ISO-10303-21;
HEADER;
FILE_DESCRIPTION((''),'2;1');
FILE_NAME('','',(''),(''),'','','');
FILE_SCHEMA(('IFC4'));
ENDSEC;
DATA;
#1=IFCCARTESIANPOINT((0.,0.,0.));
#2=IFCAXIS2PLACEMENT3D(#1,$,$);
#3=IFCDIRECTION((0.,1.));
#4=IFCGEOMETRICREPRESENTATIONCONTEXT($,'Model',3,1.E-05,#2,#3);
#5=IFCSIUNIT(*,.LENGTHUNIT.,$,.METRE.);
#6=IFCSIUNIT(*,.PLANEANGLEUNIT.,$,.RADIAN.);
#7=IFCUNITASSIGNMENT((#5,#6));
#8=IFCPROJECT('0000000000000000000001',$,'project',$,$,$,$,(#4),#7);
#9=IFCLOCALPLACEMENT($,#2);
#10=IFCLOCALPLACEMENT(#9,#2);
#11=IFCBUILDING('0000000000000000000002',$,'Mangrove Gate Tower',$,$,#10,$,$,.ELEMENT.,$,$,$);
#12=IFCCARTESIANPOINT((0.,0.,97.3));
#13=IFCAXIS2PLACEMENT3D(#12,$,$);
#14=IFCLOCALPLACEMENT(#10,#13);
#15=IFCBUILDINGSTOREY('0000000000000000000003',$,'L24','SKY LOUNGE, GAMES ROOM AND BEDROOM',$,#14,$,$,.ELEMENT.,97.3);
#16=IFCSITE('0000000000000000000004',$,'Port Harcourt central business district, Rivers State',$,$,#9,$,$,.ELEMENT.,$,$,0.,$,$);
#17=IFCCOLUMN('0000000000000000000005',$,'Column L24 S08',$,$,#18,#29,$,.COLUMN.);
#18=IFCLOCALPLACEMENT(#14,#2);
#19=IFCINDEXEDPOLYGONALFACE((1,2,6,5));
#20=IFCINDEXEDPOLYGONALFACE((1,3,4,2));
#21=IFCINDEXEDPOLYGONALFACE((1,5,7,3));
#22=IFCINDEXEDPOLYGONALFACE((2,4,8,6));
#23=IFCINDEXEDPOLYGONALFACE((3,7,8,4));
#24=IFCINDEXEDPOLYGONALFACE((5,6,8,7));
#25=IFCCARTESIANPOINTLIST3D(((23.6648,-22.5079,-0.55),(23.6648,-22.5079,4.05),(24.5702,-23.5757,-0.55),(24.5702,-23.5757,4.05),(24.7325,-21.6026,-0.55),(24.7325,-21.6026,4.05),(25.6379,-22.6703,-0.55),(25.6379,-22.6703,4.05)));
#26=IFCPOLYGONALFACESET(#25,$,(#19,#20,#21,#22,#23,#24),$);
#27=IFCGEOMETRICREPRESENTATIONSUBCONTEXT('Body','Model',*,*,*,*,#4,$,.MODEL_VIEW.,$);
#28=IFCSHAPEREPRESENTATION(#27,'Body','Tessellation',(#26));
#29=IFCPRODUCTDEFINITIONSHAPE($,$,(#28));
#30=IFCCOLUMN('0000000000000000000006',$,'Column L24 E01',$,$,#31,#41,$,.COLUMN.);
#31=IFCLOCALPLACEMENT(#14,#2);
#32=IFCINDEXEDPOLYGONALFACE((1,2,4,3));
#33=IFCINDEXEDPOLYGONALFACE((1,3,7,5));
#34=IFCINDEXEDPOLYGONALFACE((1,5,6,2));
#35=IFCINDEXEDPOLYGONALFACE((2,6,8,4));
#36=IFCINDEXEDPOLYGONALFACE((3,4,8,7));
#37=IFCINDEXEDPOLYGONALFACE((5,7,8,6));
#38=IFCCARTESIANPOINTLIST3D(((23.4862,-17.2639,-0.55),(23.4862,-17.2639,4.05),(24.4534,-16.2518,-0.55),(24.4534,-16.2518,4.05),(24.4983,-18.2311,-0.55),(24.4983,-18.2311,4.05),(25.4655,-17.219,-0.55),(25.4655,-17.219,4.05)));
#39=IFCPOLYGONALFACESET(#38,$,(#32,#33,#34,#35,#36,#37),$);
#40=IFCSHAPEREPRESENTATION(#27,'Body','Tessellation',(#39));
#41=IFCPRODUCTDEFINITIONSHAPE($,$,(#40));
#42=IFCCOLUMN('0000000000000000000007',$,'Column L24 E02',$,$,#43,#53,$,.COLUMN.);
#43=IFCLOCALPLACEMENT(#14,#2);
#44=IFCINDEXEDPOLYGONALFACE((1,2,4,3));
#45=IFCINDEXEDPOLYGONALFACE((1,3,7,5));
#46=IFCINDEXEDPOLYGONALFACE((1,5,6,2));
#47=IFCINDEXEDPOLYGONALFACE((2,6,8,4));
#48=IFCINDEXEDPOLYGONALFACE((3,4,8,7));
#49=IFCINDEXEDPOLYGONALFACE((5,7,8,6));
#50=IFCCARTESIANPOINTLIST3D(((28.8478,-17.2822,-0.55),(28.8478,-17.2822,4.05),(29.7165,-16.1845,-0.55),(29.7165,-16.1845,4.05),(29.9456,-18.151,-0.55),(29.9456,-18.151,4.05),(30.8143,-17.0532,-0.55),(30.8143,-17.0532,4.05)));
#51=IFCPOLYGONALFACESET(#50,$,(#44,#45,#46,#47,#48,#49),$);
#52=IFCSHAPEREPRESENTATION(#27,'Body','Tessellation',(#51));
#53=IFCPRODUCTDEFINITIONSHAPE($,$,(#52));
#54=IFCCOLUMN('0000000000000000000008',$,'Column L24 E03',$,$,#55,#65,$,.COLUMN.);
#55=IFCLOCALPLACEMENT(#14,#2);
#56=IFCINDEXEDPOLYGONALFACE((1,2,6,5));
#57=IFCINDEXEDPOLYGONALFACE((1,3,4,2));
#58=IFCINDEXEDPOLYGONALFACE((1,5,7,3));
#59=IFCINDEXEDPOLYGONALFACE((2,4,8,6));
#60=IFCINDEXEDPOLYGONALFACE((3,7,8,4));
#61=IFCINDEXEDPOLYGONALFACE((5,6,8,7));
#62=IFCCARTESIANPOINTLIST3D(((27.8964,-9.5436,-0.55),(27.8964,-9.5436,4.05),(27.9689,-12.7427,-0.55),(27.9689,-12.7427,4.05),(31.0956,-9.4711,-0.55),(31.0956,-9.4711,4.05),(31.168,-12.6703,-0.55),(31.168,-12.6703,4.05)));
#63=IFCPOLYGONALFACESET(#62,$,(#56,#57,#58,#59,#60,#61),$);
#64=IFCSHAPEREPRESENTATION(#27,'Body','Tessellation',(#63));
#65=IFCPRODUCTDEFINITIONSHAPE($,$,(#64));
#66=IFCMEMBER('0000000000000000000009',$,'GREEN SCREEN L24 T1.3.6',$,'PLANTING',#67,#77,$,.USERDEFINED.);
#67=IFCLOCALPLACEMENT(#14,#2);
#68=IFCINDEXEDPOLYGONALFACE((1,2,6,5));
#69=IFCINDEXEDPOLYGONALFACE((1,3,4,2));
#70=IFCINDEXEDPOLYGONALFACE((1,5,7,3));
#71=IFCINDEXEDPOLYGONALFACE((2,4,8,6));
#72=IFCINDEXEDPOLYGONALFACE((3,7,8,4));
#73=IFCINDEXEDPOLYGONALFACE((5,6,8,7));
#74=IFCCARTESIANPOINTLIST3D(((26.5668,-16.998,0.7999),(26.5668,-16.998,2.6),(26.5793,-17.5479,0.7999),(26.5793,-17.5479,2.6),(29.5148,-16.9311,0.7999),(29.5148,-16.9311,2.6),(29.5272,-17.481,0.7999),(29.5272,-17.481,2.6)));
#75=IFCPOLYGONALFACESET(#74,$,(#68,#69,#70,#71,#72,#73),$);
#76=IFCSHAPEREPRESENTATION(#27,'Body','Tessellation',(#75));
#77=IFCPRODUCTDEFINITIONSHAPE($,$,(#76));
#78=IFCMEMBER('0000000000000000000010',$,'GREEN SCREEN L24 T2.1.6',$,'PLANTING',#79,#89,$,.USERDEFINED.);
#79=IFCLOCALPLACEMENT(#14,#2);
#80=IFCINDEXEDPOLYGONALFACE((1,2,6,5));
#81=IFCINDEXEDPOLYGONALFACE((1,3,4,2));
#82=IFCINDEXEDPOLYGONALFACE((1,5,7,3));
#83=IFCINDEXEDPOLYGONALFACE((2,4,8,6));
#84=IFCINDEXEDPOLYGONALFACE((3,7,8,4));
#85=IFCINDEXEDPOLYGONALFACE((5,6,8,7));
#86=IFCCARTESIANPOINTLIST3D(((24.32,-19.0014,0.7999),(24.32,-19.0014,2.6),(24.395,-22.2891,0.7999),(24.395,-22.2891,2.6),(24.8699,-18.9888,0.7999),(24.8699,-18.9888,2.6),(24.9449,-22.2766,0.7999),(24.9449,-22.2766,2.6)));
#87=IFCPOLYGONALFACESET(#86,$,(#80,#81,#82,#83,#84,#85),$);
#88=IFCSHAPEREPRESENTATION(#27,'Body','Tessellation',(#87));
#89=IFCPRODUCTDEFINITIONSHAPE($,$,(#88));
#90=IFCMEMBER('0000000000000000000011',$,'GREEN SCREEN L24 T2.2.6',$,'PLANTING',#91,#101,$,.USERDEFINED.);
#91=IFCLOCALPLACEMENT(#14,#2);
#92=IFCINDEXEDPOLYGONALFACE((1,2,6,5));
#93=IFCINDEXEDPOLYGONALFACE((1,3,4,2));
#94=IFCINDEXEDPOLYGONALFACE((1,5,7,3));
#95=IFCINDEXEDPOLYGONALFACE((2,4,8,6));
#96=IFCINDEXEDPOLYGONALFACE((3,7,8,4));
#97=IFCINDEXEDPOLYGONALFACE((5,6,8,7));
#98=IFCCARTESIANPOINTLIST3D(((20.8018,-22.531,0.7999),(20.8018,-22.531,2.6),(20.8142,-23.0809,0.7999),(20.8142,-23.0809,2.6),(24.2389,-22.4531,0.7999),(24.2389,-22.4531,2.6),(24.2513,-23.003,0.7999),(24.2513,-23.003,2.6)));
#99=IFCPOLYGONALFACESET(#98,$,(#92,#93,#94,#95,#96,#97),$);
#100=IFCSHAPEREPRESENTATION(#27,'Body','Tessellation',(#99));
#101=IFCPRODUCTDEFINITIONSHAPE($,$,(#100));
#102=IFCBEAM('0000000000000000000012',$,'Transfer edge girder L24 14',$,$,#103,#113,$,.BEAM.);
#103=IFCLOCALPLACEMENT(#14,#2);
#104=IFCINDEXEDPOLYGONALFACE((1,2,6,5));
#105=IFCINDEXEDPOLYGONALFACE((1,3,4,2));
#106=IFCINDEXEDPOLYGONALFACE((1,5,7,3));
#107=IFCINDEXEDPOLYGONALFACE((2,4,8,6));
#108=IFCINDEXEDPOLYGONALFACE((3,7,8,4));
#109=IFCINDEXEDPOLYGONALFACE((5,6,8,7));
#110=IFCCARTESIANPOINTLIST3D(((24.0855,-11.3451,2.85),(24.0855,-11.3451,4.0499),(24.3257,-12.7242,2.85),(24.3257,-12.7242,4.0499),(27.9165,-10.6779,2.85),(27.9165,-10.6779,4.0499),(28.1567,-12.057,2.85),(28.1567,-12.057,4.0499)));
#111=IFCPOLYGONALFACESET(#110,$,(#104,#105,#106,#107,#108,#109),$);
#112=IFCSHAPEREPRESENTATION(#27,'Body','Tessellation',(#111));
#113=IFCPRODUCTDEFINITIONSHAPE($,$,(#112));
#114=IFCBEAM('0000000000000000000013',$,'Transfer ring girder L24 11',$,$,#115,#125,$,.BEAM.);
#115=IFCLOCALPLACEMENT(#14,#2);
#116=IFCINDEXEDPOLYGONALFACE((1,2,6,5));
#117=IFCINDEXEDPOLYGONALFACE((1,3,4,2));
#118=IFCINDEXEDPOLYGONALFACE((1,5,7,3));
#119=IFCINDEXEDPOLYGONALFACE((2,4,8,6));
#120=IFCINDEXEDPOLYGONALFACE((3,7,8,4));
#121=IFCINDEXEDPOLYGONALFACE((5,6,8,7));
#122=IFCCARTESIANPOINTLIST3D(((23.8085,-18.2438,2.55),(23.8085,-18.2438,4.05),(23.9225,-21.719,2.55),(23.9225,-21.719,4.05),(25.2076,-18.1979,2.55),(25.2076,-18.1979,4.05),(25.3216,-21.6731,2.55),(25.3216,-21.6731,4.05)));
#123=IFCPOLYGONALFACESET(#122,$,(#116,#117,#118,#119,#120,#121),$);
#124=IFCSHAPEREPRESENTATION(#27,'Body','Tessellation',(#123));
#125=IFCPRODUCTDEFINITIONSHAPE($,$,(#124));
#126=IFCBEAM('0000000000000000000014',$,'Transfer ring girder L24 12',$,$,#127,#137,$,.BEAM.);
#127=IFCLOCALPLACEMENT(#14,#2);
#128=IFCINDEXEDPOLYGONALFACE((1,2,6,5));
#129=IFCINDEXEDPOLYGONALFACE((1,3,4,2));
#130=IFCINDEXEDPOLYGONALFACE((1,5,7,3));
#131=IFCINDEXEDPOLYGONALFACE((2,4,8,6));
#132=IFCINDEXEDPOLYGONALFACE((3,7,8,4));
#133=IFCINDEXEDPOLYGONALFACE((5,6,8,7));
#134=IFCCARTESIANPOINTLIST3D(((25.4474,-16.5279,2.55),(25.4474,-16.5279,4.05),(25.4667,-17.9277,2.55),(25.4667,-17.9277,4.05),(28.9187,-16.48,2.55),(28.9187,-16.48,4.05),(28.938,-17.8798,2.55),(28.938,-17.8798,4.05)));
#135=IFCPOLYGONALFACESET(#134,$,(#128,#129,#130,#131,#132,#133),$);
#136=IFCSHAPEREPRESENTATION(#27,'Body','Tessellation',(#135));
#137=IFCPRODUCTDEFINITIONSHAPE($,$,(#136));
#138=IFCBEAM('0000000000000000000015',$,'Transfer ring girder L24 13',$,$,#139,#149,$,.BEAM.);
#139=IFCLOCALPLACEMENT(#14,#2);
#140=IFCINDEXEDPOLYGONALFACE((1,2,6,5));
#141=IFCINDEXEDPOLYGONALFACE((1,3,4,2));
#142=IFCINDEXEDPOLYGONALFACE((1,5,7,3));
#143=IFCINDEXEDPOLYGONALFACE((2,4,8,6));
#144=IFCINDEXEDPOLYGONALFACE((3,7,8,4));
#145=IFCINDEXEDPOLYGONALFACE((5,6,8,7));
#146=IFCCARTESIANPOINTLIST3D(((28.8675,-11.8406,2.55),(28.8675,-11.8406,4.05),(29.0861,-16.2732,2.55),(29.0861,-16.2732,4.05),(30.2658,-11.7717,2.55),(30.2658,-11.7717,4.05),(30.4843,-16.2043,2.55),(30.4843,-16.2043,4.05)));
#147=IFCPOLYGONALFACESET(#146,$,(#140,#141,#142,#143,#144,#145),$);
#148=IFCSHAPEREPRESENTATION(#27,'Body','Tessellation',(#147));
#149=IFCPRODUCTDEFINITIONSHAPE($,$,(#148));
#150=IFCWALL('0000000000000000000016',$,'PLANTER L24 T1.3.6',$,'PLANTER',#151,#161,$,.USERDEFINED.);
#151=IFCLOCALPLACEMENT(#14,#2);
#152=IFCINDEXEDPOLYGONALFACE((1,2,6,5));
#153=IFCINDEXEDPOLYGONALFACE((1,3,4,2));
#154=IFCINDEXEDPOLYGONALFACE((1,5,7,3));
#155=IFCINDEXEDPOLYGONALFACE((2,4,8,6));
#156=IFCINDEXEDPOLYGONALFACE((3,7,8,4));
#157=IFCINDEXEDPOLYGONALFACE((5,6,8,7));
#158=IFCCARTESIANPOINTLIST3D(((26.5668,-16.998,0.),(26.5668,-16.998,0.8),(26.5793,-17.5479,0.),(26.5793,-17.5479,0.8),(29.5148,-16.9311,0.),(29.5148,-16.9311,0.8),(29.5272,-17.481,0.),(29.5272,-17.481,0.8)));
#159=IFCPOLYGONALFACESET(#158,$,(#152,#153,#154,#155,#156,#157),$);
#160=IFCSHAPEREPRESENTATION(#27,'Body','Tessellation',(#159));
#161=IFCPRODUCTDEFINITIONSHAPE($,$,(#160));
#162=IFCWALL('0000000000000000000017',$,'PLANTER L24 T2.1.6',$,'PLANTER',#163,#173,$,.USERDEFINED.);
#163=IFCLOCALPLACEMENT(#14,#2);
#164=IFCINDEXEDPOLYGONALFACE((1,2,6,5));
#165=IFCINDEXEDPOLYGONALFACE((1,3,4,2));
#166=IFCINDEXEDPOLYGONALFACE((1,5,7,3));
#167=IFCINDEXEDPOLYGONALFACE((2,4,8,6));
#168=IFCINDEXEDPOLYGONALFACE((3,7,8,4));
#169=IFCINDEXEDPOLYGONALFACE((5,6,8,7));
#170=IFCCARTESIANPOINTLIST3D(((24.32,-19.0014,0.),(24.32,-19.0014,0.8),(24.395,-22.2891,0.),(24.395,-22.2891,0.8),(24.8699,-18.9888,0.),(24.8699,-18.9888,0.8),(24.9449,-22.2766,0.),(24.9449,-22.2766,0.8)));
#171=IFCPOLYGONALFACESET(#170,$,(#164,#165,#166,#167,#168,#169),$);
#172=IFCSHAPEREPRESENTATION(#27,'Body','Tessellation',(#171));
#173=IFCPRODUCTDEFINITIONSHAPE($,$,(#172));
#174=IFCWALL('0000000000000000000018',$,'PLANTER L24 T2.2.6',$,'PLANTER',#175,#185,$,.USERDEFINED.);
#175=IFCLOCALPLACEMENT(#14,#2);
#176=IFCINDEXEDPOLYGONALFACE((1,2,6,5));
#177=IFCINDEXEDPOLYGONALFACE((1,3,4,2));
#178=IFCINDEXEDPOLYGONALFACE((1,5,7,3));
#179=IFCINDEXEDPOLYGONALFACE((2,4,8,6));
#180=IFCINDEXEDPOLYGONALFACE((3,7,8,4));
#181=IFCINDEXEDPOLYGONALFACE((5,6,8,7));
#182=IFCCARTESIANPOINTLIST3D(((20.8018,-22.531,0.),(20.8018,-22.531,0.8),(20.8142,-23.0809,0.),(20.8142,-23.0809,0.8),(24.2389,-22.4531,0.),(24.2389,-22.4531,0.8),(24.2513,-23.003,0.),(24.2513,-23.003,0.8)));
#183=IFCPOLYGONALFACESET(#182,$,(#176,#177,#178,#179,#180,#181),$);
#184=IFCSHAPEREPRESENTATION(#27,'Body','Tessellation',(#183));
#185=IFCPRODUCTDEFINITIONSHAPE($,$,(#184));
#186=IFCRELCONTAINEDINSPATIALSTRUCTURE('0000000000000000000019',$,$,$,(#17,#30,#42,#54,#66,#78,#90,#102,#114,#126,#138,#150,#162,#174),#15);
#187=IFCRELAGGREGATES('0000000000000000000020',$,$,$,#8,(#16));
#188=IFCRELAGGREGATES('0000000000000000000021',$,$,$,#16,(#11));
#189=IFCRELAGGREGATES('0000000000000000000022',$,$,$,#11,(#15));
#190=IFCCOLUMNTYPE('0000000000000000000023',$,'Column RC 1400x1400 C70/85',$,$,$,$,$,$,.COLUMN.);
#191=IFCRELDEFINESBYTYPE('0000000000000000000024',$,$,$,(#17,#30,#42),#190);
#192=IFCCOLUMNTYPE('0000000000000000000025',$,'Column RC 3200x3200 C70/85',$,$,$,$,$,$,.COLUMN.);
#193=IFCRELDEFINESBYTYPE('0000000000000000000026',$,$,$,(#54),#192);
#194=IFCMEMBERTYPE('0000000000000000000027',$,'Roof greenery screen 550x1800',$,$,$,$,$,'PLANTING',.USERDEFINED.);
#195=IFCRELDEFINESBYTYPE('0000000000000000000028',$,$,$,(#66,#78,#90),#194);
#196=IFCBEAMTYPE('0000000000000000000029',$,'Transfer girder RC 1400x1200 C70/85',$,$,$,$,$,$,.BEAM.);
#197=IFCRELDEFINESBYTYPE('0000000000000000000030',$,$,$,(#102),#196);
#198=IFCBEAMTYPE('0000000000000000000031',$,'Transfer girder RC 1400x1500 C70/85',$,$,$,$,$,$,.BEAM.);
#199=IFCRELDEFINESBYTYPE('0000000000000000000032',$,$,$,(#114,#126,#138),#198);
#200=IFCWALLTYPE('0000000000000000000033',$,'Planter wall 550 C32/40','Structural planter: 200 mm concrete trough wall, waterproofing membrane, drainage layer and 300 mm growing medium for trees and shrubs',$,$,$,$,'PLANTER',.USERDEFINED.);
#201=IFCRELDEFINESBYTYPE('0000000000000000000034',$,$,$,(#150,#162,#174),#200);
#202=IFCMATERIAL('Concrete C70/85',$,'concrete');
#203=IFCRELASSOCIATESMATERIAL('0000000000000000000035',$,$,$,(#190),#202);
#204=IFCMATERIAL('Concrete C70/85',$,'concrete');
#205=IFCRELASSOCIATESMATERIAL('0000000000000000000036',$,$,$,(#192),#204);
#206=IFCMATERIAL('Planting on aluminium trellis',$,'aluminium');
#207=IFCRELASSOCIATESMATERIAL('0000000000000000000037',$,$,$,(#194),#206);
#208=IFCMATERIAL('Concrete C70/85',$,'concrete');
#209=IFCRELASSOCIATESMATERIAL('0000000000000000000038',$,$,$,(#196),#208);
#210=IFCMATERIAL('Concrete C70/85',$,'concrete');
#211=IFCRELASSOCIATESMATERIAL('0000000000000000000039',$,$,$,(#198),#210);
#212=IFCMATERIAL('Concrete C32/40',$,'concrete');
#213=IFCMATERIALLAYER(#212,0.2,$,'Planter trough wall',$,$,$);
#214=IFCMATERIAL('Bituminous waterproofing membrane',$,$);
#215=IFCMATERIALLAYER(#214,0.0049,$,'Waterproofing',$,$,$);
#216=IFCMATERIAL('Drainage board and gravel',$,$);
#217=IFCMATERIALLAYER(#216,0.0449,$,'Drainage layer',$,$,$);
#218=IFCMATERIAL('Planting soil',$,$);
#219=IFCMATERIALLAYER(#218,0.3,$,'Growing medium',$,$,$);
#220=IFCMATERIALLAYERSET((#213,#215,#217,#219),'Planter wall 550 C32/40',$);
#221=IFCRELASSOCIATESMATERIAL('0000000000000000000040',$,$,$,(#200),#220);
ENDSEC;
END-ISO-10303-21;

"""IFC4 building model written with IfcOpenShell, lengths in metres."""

from ifc_helpers import new_model, si_unit, direction, frame, frame_2d, origin, origin_2d, place, context, subcontext, project, spatial, rectangle, extrude, material, layer, layer_set, material_profile, profile_set, type_object, element, save


model = new_model("IFC4")

# Units and contexts
model_context = context("Model", 3, precision=1e-05, world=origin(), true_north=direction((0.0, 1.0)))
body_context = subcontext(model_context, "Body", "Model", "MODEL_VIEW")
ifc_project = project(units=[si_unit("LENGTHUNIT", "METRE"), si_unit("PLANEANGLEUNIT", "RADIAN")], contexts=[model_context])

# Site, building, storey
site_placement = place(None, origin())
site = spatial("IfcSite", under=ifc_project, at=site_placement, Name="Port Harcourt central business district, Rivers State", CompositionType="ELEMENT", RefElevation=0.0)
building_placement = place(site_placement, origin())
building = spatial("IfcBuilding", under=site, at=building_placement, Name="Mangrove Gate Tower", CompositionType="ELEMENT")
storey_placement = place(building_placement, frame((0.0, 0.0, 97.3)))
storey = spatial("IfcBuildingStorey", under=building, at=storey_placement, Name="L24", Description="SKY LOUNGE, GAMES ROOM AND BEDROOM", CompositionType="ELEMENT", Elevation=97.3)

# Columns
ifc_material_1 = material(Name="Concrete C70/85", Category="concrete")
ifc_material_profile_1 = material_profile(ifc_material_1, rectangle(XDim=1.3999, YDim=1.3999, at=origin_2d()))
ifc_profile_set_1 = profile_set([ifc_material_profile_1], Name="Concrete C70/85")
column_type_1 = type_object("IfcColumnType", Name="Column RC 1400x1400 C70/85", PredefinedType="COLUMN", material=ifc_profile_set_1)
for number, where, z_axis, x_axis, name in (
    (1, (24.6514, -22.5891, -0.55), (0.0, 0.0, 1.0), (0.762709, 0.646741, 0.0), "Column L24 S08"),
    (2, (24.4758, -17.2415, -0.55), (0.0, 0.0, 1.0), (0.690884, 0.722966, 0.0), "Column L24 E01"),
    (3, (29.8311, -17.1677, -0.55), (0.0, 0.0, 1.0), (0.620564, 0.784156, 0.0), "Column L24 E02"),
):
    element("IfcColumn", number, at=place(storey_placement, frame(where, z_axis=z_axis, x_axis=x_axis)), inside=storey, type_object=column_type_1, Name=name, PredefinedType="COLUMN", context=body_context, shape_type="SweptSolid", body=[
        extrude(rectangle(XDim=1.3999, YDim=1.3999, at=origin_2d()), origin(), (0.0, 0.0, 1.0), 4.6001),
    ])
ifc_material_2 = material(Name="Concrete C70/85", Category="concrete")
ifc_material_profile_2 = material_profile(ifc_material_2, rectangle(XDim=3.2, YDim=3.2, at=origin_2d()))
ifc_profile_set_2 = profile_set([ifc_material_profile_2], Name="Concrete C70/85")
column_type_2 = type_object("IfcColumnType", Name="Column RC 3200x3200 C70/85", PredefinedType="COLUMN", material=ifc_profile_set_2)
column_placement = place(storey_placement, frame((29.5322, -11.1069, -0.55), z_axis=(0.0, 0.0, 1.0), x_axis=(-0.02265, 0.999743, 0.0)))
element("IfcColumn", 4, at=column_placement, inside=storey, type_object=column_type_2, Name="Column L24 E03", PredefinedType="COLUMN", context=body_context, shape_type="SweptSolid", body=[
    extrude(rectangle(XDim=3.2, YDim=3.2, at=origin_2d()), origin(), (0.0, 0.0, 1.0), 4.6001),
])

# Members
ifc_material_3 = material(Name="Planting on aluminium trellis", Category="aluminium")
ifc_material_profile_3 = material_profile(ifc_material_3, rectangle(XDim=0.55, YDim=1.8, at=origin_2d()))
ifc_profile_set_3 = profile_set([ifc_material_profile_3], Name="Planting on aluminium trellis")
member_type = type_object("IfcMemberType", Name="Roof greenery screen 550x1800", ElementType="PLANTING", PredefinedType="USERDEFINED", material=ifc_profile_set_3)
member_1_placement = place(storey_placement, frame((29.521, -17.2061, 1.7), z_axis=(-0.999743, -0.022686, 0.0), x_axis=(0.022686, -0.999743, 0.0)))
element("IfcMember", 5, at=member_1_placement, inside=storey, type_object=member_type, Name="GREEN SCREEN L24 T1.3.6", ObjectType="PLANTING", PredefinedType="USERDEFINED", context=body_context, shape_type="SweptSolid", body=[
    extrude(rectangle(XDim=0.55, YDim=1.8, at=origin_2d()), origin(), (0.0, 0.0, 1.0), 2.9487),
])
member_2_placement = place(storey_placement, frame((24.595, -18.9951, 1.7), z_axis=(0.022791, -0.99974, 0.0), x_axis=(0.99974, 0.022791, 0.0)))
element("IfcMember", 6, at=member_2_placement, inside=storey, type_object=member_type, Name="GREEN SCREEN L24 T2.1.6", ObjectType="PLANTING", PredefinedType="USERDEFINED", context=body_context, shape_type="SweptSolid", body=[
    extrude(rectangle(XDim=0.55, YDim=1.8, at=origin_2d()), origin(), (0.0, 0.0, 1.0), 3.2886),
])
member_3_placement = place(storey_placement, frame((24.2451, -22.728, 1.7), z_axis=(-0.999743, -0.022654, 0.0), x_axis=(0.022654, -0.999743, 0.0)))
element("IfcMember", 7, at=member_3_placement, inside=storey, type_object=member_type, Name="GREEN SCREEN L24 T2.2.6", ObjectType="PLANTING", PredefinedType="USERDEFINED", context=body_context, shape_type="SweptSolid", body=[
    extrude(rectangle(XDim=0.55, YDim=1.8, at=origin_2d()), origin(), (0.0, 0.0, 1.0), 3.438),
])

# Beams
ifc_material_4 = material(Name="Concrete C70/85", Category="concrete")
ifc_material_profile_4 = material_profile(ifc_material_4, rectangle(XDim=1.3999, YDim=1.2, at=origin_2d()))
ifc_profile_set_4 = profile_set([ifc_material_profile_4], Name="Concrete C70/85")
beam_type_1 = type_object("IfcBeamType", Name="Transfer girder RC 1400x1200 C70/85", PredefinedType="BEAM", material=ifc_profile_set_4)
beam_1_placement = place(storey_placement, frame((28.0366, -11.3674, 3.45), z_axis=(-0.98517, -0.171582, 0.0), x_axis=(0.171582, -0.98517, 0.0)))
element("IfcBeam", 8, at=beam_1_placement, inside=storey, type_object=beam_type_1, Name="Transfer edge girder L24 14", PredefinedType="BEAM", context=body_context, shape_type="SweptSolid", body=[
    extrude(rectangle(XDim=1.3999, YDim=1.2, at=origin_2d()), origin(), (0.0, 0.0, 1.0), 3.8887),
])
ifc_material_5 = material(Name="Concrete C70/85", Category="concrete")
ifc_material_profile_5 = material_profile(ifc_material_5, rectangle(XDim=1.3999, YDim=1.5, at=origin_2d()))
ifc_profile_set_5 = profile_set([ifc_material_profile_5], Name="Concrete C70/85")
beam_type_2 = type_object("IfcBeamType", Name="Transfer girder RC 1400x1500 C70/85", PredefinedType="BEAM", material=ifc_profile_set_5)
beam_2_placement = place(storey_placement, frame((24.6221, -21.696, 3.3), z_axis=(-0.032791, 0.999462, 0.0), x_axis=(-0.999462, -0.032791, 0.0)))
element("IfcBeam", 9, at=beam_2_placement, inside=storey, type_object=beam_type_2, Name="Transfer ring girder L24 11", PredefinedType="BEAM", context=body_context, shape_type="SweptSolid", body=[
    extrude(rectangle(XDim=1.3999, YDim=1.5, at=origin_2d()), origin(), (0.0, 0.0, 1.0), 3.4771),
])
beam_3_placement = place(storey_placement, frame((25.457, -17.2278, 3.3), z_axis=(0.999905, 0.013783, 0.0), x_axis=(-0.013783, 0.999905, 0.0)))
element("IfcBeam", 10, at=beam_3_placement, inside=storey, type_object=beam_type_2, Name="Transfer ring girder L24 12", PredefinedType="BEAM", context=body_context, shape_type="SweptSolid", body=[
    extrude(rectangle(XDim=1.3999, YDim=1.5, at=origin_2d()), origin(), (0.0, 0.0, 1.0), 3.4717),
])
beam_4_placement = place(storey_placement, frame((29.7852, -16.2388, 3.3), z_axis=(-0.049235, 0.998787, 0.0), x_axis=(-0.998787, -0.049235, 0.0)))
element("IfcBeam", 11, at=beam_4_placement, inside=storey, type_object=beam_type_2, Name="Transfer ring girder L24 13", PredefinedType="BEAM", context=body_context, shape_type="SweptSolid", body=[
    extrude(rectangle(XDim=1.3999, YDim=1.5, at=origin_2d()), origin(), (0.0, 0.0, 1.0), 4.438),
])

# Walls
ifc_material_6 = material(Name="Concrete C32/40", Category="concrete")
ifc_layer_1 = layer(ifc_material_6, 0.2, Name="Planter trough wall")
ifc_material_7 = material(Name="Bituminous waterproofing membrane")
ifc_layer_2 = layer(ifc_material_7, 0.0049, Name="Waterproofing")
ifc_material_8 = material(Name="Drainage board and gravel")
ifc_layer_3 = layer(ifc_material_8, 0.0449, Name="Drainage layer")
ifc_material_9 = material(Name="Planting soil")
ifc_layer_4 = layer(ifc_material_9, 0.3, Name="Growing medium")
ifc_layer_set_1 = layer_set([ifc_layer_1, ifc_layer_2, ifc_layer_3, ifc_layer_4], Name="Planter wall 550 C32/40")
wall_type_1 = type_object("IfcWallType", Name="Planter wall 550 C32/40", Description="Structural planter: 200 mm concrete trough wall, waterproofing membrane, drainage layer and 300 mm growing medium for trees and shrubs", ElementType="PLANTER", PredefinedType="USERDEFINED", material=ifc_layer_set_1)
wall_1_placement = place(storey_placement, frame((29.521, -17.2061, 0.0), z_axis=(0.0, 0.0, 1.0), x_axis=(-0.999743, -0.022686, 0.0)))
element("IfcWall", 12, at=wall_1_placement, inside=storey, type_object=wall_type_1, Name="PLANTER L24 T1.3.6", ObjectType="PLANTER", PredefinedType="USERDEFINED", context=body_context, shape_type="SweptSolid", body=[
    extrude(rectangle(XDim=2.9487, YDim=0.55, at=frame_2d((1.4744, 0.0))), origin(), (0.0, 0.0, 1.0), 0.8),
])
wall_2_placement = place(storey_placement, frame((24.595, -18.9951, 0.0), z_axis=(0.0, 0.0, 1.0), x_axis=(0.022791, -0.99974, 0.0)))
element("IfcWall", 13, at=wall_2_placement, inside=storey, type_object=wall_type_1, Name="PLANTER L24 T2.1.6", ObjectType="PLANTER", PredefinedType="USERDEFINED", context=body_context, shape_type="SweptSolid", body=[
    extrude(rectangle(XDim=3.2886, YDim=0.55, at=frame_2d((1.6443, 0.0))), origin(), (0.0, 0.0, 1.0), 0.8),
])
wall_3_placement = place(storey_placement, frame((24.2451, -22.728, 0.0), z_axis=(0.0, 0.0, 1.0), x_axis=(-0.999743, -0.022654, 0.0)))
element("IfcWall", 14, at=wall_3_placement, inside=storey, type_object=wall_type_1, Name="PLANTER L24 T2.2.6", ObjectType="PLANTER", PredefinedType="USERDEFINED", context=body_context, shape_type="SweptSolid", body=[
    extrude(rectangle(XDim=3.438, YDim=0.55, at=frame_2d((1.719, 0.0))), origin(), (0.0, 0.0, 1.0), 0.8),
])

save(model, "model.ifc")
